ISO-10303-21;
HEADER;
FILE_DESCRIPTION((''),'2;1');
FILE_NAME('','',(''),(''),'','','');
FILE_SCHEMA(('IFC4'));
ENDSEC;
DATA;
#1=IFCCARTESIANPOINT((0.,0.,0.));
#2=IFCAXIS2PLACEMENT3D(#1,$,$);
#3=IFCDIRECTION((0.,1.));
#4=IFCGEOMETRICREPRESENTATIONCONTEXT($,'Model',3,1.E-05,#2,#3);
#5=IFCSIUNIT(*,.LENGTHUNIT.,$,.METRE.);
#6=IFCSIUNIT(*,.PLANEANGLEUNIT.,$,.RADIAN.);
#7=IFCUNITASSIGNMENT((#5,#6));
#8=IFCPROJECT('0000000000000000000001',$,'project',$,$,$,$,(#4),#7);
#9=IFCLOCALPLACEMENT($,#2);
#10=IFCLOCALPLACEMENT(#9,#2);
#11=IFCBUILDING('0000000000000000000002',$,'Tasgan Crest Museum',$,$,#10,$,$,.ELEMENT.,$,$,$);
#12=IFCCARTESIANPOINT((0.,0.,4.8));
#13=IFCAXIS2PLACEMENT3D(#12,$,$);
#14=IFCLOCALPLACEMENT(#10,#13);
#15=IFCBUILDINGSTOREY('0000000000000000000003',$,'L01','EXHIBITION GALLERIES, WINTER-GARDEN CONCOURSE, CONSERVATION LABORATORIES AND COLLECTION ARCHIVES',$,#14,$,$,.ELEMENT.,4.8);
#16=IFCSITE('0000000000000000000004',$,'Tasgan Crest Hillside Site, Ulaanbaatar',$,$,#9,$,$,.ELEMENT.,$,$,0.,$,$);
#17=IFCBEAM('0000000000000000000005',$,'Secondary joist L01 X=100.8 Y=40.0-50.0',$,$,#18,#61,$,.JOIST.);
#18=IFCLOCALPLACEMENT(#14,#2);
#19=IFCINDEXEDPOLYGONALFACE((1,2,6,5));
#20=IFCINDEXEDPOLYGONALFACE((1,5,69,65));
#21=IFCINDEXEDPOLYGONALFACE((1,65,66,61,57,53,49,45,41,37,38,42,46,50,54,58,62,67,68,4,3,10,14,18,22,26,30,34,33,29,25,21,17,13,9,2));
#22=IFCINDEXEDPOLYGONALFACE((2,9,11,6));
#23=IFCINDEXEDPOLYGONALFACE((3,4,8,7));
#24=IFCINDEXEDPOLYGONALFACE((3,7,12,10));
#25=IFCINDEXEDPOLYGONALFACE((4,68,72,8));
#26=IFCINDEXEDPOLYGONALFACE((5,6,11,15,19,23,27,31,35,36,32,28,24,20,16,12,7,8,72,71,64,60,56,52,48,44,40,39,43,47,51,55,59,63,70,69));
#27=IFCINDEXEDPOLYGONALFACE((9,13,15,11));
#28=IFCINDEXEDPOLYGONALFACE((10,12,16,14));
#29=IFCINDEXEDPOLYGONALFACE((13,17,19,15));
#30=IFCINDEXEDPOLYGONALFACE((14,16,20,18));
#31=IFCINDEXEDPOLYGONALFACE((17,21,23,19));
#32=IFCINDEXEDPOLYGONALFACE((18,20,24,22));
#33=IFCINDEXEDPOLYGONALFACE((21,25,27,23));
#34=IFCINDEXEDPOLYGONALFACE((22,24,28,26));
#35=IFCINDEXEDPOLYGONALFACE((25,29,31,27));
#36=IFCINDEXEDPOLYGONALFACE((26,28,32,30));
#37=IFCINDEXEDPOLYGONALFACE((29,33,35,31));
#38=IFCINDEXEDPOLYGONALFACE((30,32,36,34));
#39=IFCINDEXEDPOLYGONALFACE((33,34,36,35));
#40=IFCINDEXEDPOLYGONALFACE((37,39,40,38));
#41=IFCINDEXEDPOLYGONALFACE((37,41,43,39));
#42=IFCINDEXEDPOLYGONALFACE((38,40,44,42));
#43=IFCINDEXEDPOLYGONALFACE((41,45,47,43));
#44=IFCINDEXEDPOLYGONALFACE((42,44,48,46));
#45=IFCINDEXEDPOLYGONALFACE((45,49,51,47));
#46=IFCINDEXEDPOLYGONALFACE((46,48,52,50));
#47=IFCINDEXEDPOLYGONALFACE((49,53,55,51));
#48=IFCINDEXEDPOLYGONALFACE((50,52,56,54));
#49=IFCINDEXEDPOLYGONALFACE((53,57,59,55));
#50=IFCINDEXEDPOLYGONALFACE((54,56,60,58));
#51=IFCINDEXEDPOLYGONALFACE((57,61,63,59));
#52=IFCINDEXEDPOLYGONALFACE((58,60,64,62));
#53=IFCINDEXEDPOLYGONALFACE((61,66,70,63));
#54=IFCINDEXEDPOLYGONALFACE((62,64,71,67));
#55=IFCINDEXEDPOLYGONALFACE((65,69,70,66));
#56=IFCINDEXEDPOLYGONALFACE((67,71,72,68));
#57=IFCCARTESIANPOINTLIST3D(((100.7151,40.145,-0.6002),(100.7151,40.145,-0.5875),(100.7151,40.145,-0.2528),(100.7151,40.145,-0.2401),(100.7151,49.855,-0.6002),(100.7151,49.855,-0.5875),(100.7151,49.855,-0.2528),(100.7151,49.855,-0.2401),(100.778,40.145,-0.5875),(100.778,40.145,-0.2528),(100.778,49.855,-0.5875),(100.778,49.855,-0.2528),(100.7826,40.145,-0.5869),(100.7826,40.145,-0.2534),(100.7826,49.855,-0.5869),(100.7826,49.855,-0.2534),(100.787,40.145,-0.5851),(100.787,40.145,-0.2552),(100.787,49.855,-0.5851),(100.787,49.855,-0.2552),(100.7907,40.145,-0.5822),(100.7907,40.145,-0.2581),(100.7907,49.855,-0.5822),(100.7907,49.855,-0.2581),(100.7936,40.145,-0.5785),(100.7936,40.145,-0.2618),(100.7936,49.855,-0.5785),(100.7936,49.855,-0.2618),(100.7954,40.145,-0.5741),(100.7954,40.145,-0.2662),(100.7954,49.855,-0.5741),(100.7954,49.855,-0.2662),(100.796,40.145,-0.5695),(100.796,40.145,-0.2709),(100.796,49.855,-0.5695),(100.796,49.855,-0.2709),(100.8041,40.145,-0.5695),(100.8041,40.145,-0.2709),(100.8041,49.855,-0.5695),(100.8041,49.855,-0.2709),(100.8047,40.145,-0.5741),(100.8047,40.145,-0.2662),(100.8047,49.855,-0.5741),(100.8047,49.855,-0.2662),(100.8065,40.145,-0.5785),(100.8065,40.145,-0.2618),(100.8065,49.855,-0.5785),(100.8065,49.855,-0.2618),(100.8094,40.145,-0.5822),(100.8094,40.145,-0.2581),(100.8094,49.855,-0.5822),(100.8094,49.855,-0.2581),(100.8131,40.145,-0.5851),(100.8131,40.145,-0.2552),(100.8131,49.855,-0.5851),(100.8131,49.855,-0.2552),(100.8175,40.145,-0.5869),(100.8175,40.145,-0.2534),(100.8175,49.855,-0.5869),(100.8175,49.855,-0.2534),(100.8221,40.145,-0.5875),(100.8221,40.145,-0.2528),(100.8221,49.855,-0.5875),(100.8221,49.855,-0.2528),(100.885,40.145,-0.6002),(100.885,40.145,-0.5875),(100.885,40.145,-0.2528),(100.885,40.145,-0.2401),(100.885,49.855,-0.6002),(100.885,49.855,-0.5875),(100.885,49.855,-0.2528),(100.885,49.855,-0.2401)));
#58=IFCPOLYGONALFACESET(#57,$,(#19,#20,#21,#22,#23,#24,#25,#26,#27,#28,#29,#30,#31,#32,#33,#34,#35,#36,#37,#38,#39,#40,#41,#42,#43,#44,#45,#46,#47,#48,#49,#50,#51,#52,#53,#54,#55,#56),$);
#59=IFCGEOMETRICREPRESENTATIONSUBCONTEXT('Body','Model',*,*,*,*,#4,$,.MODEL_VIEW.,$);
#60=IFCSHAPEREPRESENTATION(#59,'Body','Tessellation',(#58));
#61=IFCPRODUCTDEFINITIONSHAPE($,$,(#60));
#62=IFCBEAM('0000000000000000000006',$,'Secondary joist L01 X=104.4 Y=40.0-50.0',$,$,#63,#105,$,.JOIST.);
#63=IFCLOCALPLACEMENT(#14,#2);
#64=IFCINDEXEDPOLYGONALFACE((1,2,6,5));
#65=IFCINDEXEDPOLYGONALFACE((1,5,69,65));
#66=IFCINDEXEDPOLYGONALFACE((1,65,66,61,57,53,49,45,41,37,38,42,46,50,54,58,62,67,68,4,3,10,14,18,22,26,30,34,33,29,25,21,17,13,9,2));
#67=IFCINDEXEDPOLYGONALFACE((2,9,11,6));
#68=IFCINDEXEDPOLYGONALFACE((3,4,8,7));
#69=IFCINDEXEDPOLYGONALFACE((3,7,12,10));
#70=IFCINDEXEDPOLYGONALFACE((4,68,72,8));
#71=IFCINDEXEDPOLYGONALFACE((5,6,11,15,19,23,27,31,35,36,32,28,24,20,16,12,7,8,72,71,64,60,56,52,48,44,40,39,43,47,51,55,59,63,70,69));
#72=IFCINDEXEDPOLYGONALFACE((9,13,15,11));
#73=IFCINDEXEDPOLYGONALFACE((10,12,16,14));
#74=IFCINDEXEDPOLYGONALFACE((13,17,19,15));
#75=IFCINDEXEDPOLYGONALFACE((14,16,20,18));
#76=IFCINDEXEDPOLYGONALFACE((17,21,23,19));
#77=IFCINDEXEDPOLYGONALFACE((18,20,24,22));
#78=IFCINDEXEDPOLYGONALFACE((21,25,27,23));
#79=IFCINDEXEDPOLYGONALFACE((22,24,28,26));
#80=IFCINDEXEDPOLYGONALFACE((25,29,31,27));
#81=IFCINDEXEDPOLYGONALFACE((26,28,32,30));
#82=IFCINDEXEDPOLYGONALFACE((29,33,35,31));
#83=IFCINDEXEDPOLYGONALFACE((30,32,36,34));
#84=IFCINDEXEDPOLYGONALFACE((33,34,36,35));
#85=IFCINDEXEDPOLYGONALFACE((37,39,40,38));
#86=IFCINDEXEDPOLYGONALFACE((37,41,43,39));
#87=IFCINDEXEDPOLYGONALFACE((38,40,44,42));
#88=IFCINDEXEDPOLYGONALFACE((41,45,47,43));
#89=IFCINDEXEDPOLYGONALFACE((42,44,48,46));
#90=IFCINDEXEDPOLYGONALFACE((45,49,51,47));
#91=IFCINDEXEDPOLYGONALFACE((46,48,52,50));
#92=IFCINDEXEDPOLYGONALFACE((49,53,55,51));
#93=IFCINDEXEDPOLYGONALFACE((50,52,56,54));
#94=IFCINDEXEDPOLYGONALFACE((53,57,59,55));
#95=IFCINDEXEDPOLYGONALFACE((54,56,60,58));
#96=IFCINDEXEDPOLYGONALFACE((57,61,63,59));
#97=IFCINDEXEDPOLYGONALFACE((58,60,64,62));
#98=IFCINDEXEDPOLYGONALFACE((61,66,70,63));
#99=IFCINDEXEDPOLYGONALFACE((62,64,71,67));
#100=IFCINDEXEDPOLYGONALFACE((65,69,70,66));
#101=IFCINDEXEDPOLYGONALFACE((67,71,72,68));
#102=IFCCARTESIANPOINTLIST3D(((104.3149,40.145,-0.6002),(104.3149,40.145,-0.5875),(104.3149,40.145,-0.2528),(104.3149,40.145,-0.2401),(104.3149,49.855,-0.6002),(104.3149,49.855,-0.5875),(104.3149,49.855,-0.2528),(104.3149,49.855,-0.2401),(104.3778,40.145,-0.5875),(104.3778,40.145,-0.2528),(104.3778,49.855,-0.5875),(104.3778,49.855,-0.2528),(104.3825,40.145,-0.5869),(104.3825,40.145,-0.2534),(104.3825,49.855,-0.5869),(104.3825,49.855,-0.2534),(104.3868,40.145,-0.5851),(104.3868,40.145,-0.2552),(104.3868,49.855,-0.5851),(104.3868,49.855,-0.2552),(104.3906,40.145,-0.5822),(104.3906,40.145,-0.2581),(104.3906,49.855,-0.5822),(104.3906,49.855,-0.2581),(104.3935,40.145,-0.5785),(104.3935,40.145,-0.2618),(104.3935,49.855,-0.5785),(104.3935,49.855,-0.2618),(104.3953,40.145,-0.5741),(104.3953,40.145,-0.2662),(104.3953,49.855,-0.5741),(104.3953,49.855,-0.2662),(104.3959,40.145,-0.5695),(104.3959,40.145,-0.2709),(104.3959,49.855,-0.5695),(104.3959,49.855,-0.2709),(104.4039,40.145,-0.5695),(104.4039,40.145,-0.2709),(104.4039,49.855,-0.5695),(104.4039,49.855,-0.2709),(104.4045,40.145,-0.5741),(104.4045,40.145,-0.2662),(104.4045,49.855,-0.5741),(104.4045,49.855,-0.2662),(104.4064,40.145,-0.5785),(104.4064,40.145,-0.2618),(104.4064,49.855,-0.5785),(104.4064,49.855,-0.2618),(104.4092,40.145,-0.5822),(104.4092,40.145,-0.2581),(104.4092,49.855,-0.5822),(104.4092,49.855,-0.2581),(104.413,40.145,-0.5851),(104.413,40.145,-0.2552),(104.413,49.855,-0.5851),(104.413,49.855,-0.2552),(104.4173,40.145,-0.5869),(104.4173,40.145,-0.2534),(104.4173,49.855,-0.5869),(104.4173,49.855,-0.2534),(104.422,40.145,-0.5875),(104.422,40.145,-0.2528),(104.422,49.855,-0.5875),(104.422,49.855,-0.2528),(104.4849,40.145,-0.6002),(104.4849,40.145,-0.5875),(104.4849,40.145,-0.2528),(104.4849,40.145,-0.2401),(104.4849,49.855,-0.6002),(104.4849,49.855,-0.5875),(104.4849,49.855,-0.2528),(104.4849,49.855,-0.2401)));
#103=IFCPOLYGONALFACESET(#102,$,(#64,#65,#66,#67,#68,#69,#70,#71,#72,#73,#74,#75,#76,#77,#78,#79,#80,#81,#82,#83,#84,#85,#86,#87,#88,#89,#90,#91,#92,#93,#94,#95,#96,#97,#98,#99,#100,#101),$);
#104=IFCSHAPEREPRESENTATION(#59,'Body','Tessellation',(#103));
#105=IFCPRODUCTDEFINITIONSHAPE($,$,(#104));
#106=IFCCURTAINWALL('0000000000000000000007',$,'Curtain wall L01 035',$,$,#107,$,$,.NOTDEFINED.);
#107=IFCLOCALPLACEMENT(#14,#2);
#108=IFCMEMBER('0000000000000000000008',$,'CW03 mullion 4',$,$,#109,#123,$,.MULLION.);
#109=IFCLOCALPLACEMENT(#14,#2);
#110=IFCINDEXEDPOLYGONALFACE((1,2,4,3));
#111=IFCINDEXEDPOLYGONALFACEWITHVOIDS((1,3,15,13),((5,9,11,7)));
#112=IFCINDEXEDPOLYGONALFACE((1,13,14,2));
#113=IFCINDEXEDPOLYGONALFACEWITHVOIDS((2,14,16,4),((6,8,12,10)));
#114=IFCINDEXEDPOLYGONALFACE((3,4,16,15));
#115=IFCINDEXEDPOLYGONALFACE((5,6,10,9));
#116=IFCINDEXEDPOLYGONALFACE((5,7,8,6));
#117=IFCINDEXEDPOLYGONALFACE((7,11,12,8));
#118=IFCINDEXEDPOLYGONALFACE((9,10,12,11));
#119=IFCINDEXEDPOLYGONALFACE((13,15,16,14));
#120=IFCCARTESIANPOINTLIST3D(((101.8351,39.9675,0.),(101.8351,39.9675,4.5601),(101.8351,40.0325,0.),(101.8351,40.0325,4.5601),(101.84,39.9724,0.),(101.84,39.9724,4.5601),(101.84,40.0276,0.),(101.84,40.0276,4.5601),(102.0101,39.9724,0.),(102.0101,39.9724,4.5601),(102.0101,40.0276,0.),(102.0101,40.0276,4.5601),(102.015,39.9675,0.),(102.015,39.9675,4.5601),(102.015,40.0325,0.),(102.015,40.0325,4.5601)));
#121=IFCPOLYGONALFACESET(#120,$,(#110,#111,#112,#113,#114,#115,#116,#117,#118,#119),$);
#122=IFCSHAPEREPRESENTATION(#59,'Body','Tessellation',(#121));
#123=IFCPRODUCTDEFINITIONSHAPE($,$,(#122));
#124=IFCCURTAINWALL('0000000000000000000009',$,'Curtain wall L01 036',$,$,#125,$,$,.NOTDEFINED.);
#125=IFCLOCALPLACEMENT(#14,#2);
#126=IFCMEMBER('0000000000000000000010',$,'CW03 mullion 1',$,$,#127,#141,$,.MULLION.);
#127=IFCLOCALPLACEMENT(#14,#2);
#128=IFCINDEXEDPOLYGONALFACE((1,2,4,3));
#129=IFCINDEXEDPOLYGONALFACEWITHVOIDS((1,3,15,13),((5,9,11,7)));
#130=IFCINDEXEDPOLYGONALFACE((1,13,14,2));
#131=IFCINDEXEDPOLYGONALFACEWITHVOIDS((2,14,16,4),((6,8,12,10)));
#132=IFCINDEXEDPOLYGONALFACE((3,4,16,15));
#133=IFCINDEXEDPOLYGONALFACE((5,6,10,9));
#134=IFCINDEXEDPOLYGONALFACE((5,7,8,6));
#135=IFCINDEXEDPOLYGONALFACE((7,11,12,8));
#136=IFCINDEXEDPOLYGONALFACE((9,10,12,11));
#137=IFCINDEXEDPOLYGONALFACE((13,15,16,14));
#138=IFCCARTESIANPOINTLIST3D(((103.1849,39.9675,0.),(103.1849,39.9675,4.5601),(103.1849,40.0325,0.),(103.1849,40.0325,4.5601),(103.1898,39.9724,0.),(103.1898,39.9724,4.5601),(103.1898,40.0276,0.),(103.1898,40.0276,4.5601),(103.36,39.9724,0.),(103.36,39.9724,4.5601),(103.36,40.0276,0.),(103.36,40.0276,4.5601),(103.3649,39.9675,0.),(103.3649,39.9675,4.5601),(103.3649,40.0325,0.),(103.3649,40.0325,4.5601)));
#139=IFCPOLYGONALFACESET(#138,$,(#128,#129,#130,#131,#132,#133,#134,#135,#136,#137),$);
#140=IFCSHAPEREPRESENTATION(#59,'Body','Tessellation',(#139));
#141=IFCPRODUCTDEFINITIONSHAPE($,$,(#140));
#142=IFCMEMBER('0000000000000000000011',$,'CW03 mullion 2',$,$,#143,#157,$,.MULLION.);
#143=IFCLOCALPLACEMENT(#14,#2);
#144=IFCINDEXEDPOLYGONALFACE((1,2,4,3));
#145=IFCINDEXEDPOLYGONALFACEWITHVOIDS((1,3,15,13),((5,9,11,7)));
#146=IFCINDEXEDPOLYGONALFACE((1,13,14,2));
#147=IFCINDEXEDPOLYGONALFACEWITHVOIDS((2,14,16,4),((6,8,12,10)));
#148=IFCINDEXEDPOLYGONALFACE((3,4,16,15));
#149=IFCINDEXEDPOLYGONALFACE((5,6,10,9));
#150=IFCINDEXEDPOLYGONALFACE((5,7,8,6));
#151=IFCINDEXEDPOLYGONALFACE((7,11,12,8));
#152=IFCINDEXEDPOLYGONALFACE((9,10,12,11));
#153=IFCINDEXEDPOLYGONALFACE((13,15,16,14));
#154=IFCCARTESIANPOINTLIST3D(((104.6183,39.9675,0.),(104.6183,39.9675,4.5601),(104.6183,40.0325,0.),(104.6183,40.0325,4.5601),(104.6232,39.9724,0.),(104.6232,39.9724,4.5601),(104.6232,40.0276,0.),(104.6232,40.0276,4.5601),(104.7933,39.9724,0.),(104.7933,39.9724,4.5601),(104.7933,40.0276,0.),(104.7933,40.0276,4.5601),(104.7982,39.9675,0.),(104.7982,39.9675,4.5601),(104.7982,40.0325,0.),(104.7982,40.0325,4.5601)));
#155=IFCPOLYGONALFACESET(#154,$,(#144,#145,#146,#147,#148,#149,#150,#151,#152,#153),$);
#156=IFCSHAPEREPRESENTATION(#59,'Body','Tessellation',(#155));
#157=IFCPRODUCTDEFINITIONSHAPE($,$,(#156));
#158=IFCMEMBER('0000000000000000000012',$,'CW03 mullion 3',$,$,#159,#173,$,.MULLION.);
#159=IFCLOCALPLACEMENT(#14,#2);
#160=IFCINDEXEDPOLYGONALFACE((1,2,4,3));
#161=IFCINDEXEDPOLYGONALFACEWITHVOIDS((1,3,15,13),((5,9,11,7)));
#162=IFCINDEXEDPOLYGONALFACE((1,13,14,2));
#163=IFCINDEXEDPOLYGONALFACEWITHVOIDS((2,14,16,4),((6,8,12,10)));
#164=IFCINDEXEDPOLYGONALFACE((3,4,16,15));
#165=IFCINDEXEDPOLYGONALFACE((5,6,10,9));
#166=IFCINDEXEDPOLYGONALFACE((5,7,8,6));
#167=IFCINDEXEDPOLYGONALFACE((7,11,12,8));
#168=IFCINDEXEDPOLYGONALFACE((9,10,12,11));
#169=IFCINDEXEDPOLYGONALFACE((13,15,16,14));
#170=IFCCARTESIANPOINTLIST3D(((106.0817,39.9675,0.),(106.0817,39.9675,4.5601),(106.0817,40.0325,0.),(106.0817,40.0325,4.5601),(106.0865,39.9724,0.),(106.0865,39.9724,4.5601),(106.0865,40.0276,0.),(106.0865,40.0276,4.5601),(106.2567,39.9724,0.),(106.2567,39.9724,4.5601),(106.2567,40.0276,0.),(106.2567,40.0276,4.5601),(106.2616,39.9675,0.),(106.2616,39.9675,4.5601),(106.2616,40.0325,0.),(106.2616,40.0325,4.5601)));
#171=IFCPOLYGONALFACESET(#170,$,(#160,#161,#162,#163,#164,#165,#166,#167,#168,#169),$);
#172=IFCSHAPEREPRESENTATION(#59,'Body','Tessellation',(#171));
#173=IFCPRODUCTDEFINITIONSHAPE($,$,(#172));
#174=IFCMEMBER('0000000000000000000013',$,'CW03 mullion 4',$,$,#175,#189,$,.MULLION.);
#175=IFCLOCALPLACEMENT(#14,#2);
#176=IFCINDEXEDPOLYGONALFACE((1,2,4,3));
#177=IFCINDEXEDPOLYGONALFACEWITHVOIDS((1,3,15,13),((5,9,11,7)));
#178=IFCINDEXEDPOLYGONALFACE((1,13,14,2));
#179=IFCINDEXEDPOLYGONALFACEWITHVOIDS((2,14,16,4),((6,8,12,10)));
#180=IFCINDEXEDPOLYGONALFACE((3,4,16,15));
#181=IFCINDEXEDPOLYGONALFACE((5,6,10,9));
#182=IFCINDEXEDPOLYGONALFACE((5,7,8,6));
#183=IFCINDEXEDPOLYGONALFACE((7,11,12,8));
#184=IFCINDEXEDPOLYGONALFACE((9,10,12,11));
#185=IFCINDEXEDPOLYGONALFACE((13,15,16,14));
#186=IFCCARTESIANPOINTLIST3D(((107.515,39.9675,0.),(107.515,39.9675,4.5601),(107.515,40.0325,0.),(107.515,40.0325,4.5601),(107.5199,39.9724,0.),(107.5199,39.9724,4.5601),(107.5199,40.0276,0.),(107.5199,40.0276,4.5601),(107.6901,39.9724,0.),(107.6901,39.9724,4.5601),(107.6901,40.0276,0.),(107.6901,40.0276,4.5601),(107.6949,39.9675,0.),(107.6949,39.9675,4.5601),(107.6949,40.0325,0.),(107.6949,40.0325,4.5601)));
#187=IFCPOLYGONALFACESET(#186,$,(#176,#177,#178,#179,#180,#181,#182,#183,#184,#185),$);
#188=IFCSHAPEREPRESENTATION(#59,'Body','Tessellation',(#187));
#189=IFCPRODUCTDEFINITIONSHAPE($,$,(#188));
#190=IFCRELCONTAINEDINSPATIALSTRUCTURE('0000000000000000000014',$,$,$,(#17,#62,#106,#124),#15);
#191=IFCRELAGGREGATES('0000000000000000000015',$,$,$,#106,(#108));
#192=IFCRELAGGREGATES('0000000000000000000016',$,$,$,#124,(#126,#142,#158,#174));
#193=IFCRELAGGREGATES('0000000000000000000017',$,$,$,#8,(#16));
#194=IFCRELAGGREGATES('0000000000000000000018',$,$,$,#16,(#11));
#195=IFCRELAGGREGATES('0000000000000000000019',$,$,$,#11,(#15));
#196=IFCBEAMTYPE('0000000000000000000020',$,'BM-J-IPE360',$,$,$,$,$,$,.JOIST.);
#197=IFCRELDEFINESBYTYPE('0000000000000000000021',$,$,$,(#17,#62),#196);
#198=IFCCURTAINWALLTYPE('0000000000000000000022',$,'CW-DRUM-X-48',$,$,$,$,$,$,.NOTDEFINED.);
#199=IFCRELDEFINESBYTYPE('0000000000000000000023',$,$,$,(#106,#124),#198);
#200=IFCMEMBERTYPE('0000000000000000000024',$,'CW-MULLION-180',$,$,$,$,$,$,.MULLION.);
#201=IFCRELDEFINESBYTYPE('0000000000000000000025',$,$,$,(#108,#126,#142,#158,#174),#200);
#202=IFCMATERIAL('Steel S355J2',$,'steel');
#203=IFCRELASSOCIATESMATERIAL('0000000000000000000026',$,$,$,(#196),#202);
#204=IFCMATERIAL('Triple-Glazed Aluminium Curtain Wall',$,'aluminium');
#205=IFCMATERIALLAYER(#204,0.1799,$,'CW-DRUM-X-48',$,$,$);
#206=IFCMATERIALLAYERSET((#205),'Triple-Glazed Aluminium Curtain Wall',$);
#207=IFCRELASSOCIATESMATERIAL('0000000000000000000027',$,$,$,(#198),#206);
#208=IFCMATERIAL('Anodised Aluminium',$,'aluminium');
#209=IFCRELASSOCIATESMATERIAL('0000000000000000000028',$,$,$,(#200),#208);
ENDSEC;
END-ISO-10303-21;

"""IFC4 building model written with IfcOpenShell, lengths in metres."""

from ifc_helpers import new_model, si_unit, direction, frame, origin, origin_2d, place, context, subcontext, project, spatial, hollow_rectangle, i_section, extrude, material, layer, layer_set, material_profile, profile_set, type_object, element, aggregate, save


model = new_model("IFC4")

# Units and contexts
model_context = context("Model", 3, precision=1e-05, world=origin(), true_north=direction((0.0, 1.0)))
body_context = subcontext(model_context, "Body", "Model", "MODEL_VIEW")
ifc_project = project(units=[si_unit("LENGTHUNIT", "METRE"), si_unit("PLANEANGLEUNIT", "RADIAN")], contexts=[model_context])

# Site, building, storey
site_placement = place(None, origin())
site = spatial("IfcSite", under=ifc_project, at=site_placement, Name="Tasgan Crest Hillside Site, Ulaanbaatar", CompositionType="ELEMENT", RefElevation=0.0)
building_placement = place(site_placement, origin())
building = spatial("IfcBuilding", under=site, at=building_placement, Name="Tasgan Crest Museum", CompositionType="ELEMENT")
storey_placement = place(building_placement, frame((0.0, 0.0, 4.8)))
storey = spatial("IfcBuildingStorey", under=building, at=storey_placement, Name="L01", Description="EXHIBITION GALLERIES, WINTER-GARDEN CONCOURSE, CONSERVATION LABORATORIES AND COLLECTION ARCHIVES", CompositionType="ELEMENT", Elevation=4.8)

# Beams
ifc_material_1 = material(Name="Steel S355J2", Category="steel")
ifc_material_profile_1 = material_profile(ifc_material_1, i_section(OverallWidth=0.1699, OverallDepth=0.3601, WebThickness=0.0081, FlangeThickness=0.0127, FilletRadius=0.0181, at=origin_2d()), Name="IPE 360")
ifc_profile_set_1 = profile_set([ifc_material_profile_1], Name="Steel S355J2")
beam_type_1 = type_object("IfcBeamType", Name="BM-J-IPE360", PredefinedType="JOIST", material=ifc_profile_set_1)
for number, where, z_axis, x_axis, name in (
    (1, (100.8, 40.145, -0.4202), (0.0, 1.0, 0.0), (-1.0, 0.0, 0.0), "Secondary joist L01 X=100.8 Y=40.0-50.0"),
    (2, (104.3999, 40.145, -0.4202), (0.0, 1.0, 0.0), (-1.0, 0.0, 0.0), "Secondary joist L01 X=104.4 Y=40.0-50.0"),
):
    element("IfcBeam", number, at=place(storey_placement, frame(where, z_axis=z_axis, x_axis=x_axis)), inside=storey, type_object=beam_type_1, Name=name, PredefinedType="JOIST", context=body_context, shape_type="SweptSolid", body=[
        extrude(i_section(OverallWidth=0.1699, OverallDepth=0.3601, WebThickness=0.0081, FlangeThickness=0.0127, FilletRadius=0.0181, at=origin_2d()), origin(), (0.0, 0.0, 1.0), 9.71),
    ])

# Curtain wall, member
ifc_material_2 = material(Name="Triple-Glazed Aluminium Curtain Wall", Category="aluminium")
ifc_layer_1 = layer(ifc_material_2, 0.1799, Name="CW-DRUM-X-48")
ifc_layer_set_1 = layer_set([ifc_layer_1], Name="Triple-Glazed Aluminium Curtain Wall")
curtain_wall_type = type_object("IfcCurtainWallType", Name="CW-DRUM-X-48", PredefinedType="NOTDEFINED", material=ifc_layer_set_1)
curtain_wall_1_placement = place(storey_placement, origin())
curtain_wall_1 = element("IfcCurtainWall", 3, at=curtain_wall_1_placement, inside=storey, type_object=curtain_wall_type, Name="Curtain wall L01 035", PredefinedType="NOTDEFINED")
ifc_material_3 = material(Name="Anodised Aluminium", Category="aluminium")
ifc_material_profile_2 = material_profile(ifc_material_3, hollow_rectangle(XDim=0.0649, YDim=0.1799, WallThickness=0.0049, at=origin_2d()), Name="ALU MULLION 180x65x5")
ifc_profile_set_2 = profile_set([ifc_material_profile_2], Name="Anodised Aluminium")
member_type_1 = type_object("IfcMemberType", Name="CW-MULLION-180", PredefinedType="MULLION", material=ifc_profile_set_2)
member_1_placement = place(storey_placement, frame((101.925, 40.0, 0.0), z_axis=(0.0, 0.0, 1.0), x_axis=(0.0, 1.0, 0.0)))
member_1 = element("IfcMember", 4, at=member_1_placement, type_object=member_type_1, Name="CW03 mullion 4", PredefinedType="MULLION", context=body_context, shape_type="SweptSolid", body=[
    extrude(hollow_rectangle(XDim=0.0649, YDim=0.1799, WallThickness=0.0049, at=origin_2d()), origin(), (0.0, 0.0, 1.0), 4.5601),
])

# Curtain wall, members
curtain_wall_2_placement = place(storey_placement, origin())
curtain_wall_2 = element("IfcCurtainWall", 5, at=curtain_wall_2_placement, inside=storey, type_object=curtain_wall_type, Name="Curtain wall L01 036", PredefinedType="NOTDEFINED")
member_2_placement = place(storey_placement, frame((103.2749, 40.0, 0.0), z_axis=(0.0, 0.0, 1.0), x_axis=(0.0, 1.0, 0.0)))
member_2 = element("IfcMember", 6, at=member_2_placement, type_object=member_type_1, Name="CW03 mullion 1", PredefinedType="MULLION", context=body_context, shape_type="SweptSolid", body=[
    extrude(hollow_rectangle(XDim=0.0649, YDim=0.1799, WallThickness=0.0049, at=origin_2d()), origin(), (0.0, 0.0, 1.0), 4.5601),
])
member_3_placement = place(storey_placement, frame((104.7083, 40.0, 0.0), z_axis=(0.0, 0.0, 1.0), x_axis=(0.0, 1.0, 0.0)))
member_3 = element("IfcMember", 7, at=member_3_placement, type_object=member_type_1, Name="CW03 mullion 2", PredefinedType="MULLION", context=body_context, shape_type="SweptSolid", body=[
    extrude(hollow_rectangle(XDim=0.0649, YDim=0.1799, WallThickness=0.0049, at=origin_2d()), origin(), (0.0, 0.0, 1.0), 4.5601),
])
member_4_placement = place(storey_placement, frame((106.1716, 40.0, 0.0), z_axis=(0.0, 0.0, 1.0), x_axis=(0.0, 1.0, 0.0)))
member_4 = element("IfcMember", 8, at=member_4_placement, type_object=member_type_1, Name="CW03 mullion 3", PredefinedType="MULLION", context=body_context, shape_type="SweptSolid", body=[
    extrude(hollow_rectangle(XDim=0.0649, YDim=0.1799, WallThickness=0.0049, at=origin_2d()), origin(), (0.0, 0.0, 1.0), 4.5601),
])
member_5_placement = place(storey_placement, frame((107.605, 40.0, 0.0), z_axis=(0.0, 0.0, 1.0), x_axis=(0.0, 1.0, 0.0)))
member_5 = element("IfcMember", 9, at=member_5_placement, type_object=member_type_1, Name="CW03 mullion 4", PredefinedType="MULLION", context=body_context, shape_type="SweptSolid", body=[
    extrude(hollow_rectangle(XDim=0.0649, YDim=0.1799, WallThickness=0.0049, at=origin_2d()), origin(), (0.0, 0.0, 1.0), 4.5601),
])

aggregate(curtain_wall_1, [member_1])
aggregate(curtain_wall_2, [member_2, member_3, member_4, member_5])

save(model, "model.ifc")
